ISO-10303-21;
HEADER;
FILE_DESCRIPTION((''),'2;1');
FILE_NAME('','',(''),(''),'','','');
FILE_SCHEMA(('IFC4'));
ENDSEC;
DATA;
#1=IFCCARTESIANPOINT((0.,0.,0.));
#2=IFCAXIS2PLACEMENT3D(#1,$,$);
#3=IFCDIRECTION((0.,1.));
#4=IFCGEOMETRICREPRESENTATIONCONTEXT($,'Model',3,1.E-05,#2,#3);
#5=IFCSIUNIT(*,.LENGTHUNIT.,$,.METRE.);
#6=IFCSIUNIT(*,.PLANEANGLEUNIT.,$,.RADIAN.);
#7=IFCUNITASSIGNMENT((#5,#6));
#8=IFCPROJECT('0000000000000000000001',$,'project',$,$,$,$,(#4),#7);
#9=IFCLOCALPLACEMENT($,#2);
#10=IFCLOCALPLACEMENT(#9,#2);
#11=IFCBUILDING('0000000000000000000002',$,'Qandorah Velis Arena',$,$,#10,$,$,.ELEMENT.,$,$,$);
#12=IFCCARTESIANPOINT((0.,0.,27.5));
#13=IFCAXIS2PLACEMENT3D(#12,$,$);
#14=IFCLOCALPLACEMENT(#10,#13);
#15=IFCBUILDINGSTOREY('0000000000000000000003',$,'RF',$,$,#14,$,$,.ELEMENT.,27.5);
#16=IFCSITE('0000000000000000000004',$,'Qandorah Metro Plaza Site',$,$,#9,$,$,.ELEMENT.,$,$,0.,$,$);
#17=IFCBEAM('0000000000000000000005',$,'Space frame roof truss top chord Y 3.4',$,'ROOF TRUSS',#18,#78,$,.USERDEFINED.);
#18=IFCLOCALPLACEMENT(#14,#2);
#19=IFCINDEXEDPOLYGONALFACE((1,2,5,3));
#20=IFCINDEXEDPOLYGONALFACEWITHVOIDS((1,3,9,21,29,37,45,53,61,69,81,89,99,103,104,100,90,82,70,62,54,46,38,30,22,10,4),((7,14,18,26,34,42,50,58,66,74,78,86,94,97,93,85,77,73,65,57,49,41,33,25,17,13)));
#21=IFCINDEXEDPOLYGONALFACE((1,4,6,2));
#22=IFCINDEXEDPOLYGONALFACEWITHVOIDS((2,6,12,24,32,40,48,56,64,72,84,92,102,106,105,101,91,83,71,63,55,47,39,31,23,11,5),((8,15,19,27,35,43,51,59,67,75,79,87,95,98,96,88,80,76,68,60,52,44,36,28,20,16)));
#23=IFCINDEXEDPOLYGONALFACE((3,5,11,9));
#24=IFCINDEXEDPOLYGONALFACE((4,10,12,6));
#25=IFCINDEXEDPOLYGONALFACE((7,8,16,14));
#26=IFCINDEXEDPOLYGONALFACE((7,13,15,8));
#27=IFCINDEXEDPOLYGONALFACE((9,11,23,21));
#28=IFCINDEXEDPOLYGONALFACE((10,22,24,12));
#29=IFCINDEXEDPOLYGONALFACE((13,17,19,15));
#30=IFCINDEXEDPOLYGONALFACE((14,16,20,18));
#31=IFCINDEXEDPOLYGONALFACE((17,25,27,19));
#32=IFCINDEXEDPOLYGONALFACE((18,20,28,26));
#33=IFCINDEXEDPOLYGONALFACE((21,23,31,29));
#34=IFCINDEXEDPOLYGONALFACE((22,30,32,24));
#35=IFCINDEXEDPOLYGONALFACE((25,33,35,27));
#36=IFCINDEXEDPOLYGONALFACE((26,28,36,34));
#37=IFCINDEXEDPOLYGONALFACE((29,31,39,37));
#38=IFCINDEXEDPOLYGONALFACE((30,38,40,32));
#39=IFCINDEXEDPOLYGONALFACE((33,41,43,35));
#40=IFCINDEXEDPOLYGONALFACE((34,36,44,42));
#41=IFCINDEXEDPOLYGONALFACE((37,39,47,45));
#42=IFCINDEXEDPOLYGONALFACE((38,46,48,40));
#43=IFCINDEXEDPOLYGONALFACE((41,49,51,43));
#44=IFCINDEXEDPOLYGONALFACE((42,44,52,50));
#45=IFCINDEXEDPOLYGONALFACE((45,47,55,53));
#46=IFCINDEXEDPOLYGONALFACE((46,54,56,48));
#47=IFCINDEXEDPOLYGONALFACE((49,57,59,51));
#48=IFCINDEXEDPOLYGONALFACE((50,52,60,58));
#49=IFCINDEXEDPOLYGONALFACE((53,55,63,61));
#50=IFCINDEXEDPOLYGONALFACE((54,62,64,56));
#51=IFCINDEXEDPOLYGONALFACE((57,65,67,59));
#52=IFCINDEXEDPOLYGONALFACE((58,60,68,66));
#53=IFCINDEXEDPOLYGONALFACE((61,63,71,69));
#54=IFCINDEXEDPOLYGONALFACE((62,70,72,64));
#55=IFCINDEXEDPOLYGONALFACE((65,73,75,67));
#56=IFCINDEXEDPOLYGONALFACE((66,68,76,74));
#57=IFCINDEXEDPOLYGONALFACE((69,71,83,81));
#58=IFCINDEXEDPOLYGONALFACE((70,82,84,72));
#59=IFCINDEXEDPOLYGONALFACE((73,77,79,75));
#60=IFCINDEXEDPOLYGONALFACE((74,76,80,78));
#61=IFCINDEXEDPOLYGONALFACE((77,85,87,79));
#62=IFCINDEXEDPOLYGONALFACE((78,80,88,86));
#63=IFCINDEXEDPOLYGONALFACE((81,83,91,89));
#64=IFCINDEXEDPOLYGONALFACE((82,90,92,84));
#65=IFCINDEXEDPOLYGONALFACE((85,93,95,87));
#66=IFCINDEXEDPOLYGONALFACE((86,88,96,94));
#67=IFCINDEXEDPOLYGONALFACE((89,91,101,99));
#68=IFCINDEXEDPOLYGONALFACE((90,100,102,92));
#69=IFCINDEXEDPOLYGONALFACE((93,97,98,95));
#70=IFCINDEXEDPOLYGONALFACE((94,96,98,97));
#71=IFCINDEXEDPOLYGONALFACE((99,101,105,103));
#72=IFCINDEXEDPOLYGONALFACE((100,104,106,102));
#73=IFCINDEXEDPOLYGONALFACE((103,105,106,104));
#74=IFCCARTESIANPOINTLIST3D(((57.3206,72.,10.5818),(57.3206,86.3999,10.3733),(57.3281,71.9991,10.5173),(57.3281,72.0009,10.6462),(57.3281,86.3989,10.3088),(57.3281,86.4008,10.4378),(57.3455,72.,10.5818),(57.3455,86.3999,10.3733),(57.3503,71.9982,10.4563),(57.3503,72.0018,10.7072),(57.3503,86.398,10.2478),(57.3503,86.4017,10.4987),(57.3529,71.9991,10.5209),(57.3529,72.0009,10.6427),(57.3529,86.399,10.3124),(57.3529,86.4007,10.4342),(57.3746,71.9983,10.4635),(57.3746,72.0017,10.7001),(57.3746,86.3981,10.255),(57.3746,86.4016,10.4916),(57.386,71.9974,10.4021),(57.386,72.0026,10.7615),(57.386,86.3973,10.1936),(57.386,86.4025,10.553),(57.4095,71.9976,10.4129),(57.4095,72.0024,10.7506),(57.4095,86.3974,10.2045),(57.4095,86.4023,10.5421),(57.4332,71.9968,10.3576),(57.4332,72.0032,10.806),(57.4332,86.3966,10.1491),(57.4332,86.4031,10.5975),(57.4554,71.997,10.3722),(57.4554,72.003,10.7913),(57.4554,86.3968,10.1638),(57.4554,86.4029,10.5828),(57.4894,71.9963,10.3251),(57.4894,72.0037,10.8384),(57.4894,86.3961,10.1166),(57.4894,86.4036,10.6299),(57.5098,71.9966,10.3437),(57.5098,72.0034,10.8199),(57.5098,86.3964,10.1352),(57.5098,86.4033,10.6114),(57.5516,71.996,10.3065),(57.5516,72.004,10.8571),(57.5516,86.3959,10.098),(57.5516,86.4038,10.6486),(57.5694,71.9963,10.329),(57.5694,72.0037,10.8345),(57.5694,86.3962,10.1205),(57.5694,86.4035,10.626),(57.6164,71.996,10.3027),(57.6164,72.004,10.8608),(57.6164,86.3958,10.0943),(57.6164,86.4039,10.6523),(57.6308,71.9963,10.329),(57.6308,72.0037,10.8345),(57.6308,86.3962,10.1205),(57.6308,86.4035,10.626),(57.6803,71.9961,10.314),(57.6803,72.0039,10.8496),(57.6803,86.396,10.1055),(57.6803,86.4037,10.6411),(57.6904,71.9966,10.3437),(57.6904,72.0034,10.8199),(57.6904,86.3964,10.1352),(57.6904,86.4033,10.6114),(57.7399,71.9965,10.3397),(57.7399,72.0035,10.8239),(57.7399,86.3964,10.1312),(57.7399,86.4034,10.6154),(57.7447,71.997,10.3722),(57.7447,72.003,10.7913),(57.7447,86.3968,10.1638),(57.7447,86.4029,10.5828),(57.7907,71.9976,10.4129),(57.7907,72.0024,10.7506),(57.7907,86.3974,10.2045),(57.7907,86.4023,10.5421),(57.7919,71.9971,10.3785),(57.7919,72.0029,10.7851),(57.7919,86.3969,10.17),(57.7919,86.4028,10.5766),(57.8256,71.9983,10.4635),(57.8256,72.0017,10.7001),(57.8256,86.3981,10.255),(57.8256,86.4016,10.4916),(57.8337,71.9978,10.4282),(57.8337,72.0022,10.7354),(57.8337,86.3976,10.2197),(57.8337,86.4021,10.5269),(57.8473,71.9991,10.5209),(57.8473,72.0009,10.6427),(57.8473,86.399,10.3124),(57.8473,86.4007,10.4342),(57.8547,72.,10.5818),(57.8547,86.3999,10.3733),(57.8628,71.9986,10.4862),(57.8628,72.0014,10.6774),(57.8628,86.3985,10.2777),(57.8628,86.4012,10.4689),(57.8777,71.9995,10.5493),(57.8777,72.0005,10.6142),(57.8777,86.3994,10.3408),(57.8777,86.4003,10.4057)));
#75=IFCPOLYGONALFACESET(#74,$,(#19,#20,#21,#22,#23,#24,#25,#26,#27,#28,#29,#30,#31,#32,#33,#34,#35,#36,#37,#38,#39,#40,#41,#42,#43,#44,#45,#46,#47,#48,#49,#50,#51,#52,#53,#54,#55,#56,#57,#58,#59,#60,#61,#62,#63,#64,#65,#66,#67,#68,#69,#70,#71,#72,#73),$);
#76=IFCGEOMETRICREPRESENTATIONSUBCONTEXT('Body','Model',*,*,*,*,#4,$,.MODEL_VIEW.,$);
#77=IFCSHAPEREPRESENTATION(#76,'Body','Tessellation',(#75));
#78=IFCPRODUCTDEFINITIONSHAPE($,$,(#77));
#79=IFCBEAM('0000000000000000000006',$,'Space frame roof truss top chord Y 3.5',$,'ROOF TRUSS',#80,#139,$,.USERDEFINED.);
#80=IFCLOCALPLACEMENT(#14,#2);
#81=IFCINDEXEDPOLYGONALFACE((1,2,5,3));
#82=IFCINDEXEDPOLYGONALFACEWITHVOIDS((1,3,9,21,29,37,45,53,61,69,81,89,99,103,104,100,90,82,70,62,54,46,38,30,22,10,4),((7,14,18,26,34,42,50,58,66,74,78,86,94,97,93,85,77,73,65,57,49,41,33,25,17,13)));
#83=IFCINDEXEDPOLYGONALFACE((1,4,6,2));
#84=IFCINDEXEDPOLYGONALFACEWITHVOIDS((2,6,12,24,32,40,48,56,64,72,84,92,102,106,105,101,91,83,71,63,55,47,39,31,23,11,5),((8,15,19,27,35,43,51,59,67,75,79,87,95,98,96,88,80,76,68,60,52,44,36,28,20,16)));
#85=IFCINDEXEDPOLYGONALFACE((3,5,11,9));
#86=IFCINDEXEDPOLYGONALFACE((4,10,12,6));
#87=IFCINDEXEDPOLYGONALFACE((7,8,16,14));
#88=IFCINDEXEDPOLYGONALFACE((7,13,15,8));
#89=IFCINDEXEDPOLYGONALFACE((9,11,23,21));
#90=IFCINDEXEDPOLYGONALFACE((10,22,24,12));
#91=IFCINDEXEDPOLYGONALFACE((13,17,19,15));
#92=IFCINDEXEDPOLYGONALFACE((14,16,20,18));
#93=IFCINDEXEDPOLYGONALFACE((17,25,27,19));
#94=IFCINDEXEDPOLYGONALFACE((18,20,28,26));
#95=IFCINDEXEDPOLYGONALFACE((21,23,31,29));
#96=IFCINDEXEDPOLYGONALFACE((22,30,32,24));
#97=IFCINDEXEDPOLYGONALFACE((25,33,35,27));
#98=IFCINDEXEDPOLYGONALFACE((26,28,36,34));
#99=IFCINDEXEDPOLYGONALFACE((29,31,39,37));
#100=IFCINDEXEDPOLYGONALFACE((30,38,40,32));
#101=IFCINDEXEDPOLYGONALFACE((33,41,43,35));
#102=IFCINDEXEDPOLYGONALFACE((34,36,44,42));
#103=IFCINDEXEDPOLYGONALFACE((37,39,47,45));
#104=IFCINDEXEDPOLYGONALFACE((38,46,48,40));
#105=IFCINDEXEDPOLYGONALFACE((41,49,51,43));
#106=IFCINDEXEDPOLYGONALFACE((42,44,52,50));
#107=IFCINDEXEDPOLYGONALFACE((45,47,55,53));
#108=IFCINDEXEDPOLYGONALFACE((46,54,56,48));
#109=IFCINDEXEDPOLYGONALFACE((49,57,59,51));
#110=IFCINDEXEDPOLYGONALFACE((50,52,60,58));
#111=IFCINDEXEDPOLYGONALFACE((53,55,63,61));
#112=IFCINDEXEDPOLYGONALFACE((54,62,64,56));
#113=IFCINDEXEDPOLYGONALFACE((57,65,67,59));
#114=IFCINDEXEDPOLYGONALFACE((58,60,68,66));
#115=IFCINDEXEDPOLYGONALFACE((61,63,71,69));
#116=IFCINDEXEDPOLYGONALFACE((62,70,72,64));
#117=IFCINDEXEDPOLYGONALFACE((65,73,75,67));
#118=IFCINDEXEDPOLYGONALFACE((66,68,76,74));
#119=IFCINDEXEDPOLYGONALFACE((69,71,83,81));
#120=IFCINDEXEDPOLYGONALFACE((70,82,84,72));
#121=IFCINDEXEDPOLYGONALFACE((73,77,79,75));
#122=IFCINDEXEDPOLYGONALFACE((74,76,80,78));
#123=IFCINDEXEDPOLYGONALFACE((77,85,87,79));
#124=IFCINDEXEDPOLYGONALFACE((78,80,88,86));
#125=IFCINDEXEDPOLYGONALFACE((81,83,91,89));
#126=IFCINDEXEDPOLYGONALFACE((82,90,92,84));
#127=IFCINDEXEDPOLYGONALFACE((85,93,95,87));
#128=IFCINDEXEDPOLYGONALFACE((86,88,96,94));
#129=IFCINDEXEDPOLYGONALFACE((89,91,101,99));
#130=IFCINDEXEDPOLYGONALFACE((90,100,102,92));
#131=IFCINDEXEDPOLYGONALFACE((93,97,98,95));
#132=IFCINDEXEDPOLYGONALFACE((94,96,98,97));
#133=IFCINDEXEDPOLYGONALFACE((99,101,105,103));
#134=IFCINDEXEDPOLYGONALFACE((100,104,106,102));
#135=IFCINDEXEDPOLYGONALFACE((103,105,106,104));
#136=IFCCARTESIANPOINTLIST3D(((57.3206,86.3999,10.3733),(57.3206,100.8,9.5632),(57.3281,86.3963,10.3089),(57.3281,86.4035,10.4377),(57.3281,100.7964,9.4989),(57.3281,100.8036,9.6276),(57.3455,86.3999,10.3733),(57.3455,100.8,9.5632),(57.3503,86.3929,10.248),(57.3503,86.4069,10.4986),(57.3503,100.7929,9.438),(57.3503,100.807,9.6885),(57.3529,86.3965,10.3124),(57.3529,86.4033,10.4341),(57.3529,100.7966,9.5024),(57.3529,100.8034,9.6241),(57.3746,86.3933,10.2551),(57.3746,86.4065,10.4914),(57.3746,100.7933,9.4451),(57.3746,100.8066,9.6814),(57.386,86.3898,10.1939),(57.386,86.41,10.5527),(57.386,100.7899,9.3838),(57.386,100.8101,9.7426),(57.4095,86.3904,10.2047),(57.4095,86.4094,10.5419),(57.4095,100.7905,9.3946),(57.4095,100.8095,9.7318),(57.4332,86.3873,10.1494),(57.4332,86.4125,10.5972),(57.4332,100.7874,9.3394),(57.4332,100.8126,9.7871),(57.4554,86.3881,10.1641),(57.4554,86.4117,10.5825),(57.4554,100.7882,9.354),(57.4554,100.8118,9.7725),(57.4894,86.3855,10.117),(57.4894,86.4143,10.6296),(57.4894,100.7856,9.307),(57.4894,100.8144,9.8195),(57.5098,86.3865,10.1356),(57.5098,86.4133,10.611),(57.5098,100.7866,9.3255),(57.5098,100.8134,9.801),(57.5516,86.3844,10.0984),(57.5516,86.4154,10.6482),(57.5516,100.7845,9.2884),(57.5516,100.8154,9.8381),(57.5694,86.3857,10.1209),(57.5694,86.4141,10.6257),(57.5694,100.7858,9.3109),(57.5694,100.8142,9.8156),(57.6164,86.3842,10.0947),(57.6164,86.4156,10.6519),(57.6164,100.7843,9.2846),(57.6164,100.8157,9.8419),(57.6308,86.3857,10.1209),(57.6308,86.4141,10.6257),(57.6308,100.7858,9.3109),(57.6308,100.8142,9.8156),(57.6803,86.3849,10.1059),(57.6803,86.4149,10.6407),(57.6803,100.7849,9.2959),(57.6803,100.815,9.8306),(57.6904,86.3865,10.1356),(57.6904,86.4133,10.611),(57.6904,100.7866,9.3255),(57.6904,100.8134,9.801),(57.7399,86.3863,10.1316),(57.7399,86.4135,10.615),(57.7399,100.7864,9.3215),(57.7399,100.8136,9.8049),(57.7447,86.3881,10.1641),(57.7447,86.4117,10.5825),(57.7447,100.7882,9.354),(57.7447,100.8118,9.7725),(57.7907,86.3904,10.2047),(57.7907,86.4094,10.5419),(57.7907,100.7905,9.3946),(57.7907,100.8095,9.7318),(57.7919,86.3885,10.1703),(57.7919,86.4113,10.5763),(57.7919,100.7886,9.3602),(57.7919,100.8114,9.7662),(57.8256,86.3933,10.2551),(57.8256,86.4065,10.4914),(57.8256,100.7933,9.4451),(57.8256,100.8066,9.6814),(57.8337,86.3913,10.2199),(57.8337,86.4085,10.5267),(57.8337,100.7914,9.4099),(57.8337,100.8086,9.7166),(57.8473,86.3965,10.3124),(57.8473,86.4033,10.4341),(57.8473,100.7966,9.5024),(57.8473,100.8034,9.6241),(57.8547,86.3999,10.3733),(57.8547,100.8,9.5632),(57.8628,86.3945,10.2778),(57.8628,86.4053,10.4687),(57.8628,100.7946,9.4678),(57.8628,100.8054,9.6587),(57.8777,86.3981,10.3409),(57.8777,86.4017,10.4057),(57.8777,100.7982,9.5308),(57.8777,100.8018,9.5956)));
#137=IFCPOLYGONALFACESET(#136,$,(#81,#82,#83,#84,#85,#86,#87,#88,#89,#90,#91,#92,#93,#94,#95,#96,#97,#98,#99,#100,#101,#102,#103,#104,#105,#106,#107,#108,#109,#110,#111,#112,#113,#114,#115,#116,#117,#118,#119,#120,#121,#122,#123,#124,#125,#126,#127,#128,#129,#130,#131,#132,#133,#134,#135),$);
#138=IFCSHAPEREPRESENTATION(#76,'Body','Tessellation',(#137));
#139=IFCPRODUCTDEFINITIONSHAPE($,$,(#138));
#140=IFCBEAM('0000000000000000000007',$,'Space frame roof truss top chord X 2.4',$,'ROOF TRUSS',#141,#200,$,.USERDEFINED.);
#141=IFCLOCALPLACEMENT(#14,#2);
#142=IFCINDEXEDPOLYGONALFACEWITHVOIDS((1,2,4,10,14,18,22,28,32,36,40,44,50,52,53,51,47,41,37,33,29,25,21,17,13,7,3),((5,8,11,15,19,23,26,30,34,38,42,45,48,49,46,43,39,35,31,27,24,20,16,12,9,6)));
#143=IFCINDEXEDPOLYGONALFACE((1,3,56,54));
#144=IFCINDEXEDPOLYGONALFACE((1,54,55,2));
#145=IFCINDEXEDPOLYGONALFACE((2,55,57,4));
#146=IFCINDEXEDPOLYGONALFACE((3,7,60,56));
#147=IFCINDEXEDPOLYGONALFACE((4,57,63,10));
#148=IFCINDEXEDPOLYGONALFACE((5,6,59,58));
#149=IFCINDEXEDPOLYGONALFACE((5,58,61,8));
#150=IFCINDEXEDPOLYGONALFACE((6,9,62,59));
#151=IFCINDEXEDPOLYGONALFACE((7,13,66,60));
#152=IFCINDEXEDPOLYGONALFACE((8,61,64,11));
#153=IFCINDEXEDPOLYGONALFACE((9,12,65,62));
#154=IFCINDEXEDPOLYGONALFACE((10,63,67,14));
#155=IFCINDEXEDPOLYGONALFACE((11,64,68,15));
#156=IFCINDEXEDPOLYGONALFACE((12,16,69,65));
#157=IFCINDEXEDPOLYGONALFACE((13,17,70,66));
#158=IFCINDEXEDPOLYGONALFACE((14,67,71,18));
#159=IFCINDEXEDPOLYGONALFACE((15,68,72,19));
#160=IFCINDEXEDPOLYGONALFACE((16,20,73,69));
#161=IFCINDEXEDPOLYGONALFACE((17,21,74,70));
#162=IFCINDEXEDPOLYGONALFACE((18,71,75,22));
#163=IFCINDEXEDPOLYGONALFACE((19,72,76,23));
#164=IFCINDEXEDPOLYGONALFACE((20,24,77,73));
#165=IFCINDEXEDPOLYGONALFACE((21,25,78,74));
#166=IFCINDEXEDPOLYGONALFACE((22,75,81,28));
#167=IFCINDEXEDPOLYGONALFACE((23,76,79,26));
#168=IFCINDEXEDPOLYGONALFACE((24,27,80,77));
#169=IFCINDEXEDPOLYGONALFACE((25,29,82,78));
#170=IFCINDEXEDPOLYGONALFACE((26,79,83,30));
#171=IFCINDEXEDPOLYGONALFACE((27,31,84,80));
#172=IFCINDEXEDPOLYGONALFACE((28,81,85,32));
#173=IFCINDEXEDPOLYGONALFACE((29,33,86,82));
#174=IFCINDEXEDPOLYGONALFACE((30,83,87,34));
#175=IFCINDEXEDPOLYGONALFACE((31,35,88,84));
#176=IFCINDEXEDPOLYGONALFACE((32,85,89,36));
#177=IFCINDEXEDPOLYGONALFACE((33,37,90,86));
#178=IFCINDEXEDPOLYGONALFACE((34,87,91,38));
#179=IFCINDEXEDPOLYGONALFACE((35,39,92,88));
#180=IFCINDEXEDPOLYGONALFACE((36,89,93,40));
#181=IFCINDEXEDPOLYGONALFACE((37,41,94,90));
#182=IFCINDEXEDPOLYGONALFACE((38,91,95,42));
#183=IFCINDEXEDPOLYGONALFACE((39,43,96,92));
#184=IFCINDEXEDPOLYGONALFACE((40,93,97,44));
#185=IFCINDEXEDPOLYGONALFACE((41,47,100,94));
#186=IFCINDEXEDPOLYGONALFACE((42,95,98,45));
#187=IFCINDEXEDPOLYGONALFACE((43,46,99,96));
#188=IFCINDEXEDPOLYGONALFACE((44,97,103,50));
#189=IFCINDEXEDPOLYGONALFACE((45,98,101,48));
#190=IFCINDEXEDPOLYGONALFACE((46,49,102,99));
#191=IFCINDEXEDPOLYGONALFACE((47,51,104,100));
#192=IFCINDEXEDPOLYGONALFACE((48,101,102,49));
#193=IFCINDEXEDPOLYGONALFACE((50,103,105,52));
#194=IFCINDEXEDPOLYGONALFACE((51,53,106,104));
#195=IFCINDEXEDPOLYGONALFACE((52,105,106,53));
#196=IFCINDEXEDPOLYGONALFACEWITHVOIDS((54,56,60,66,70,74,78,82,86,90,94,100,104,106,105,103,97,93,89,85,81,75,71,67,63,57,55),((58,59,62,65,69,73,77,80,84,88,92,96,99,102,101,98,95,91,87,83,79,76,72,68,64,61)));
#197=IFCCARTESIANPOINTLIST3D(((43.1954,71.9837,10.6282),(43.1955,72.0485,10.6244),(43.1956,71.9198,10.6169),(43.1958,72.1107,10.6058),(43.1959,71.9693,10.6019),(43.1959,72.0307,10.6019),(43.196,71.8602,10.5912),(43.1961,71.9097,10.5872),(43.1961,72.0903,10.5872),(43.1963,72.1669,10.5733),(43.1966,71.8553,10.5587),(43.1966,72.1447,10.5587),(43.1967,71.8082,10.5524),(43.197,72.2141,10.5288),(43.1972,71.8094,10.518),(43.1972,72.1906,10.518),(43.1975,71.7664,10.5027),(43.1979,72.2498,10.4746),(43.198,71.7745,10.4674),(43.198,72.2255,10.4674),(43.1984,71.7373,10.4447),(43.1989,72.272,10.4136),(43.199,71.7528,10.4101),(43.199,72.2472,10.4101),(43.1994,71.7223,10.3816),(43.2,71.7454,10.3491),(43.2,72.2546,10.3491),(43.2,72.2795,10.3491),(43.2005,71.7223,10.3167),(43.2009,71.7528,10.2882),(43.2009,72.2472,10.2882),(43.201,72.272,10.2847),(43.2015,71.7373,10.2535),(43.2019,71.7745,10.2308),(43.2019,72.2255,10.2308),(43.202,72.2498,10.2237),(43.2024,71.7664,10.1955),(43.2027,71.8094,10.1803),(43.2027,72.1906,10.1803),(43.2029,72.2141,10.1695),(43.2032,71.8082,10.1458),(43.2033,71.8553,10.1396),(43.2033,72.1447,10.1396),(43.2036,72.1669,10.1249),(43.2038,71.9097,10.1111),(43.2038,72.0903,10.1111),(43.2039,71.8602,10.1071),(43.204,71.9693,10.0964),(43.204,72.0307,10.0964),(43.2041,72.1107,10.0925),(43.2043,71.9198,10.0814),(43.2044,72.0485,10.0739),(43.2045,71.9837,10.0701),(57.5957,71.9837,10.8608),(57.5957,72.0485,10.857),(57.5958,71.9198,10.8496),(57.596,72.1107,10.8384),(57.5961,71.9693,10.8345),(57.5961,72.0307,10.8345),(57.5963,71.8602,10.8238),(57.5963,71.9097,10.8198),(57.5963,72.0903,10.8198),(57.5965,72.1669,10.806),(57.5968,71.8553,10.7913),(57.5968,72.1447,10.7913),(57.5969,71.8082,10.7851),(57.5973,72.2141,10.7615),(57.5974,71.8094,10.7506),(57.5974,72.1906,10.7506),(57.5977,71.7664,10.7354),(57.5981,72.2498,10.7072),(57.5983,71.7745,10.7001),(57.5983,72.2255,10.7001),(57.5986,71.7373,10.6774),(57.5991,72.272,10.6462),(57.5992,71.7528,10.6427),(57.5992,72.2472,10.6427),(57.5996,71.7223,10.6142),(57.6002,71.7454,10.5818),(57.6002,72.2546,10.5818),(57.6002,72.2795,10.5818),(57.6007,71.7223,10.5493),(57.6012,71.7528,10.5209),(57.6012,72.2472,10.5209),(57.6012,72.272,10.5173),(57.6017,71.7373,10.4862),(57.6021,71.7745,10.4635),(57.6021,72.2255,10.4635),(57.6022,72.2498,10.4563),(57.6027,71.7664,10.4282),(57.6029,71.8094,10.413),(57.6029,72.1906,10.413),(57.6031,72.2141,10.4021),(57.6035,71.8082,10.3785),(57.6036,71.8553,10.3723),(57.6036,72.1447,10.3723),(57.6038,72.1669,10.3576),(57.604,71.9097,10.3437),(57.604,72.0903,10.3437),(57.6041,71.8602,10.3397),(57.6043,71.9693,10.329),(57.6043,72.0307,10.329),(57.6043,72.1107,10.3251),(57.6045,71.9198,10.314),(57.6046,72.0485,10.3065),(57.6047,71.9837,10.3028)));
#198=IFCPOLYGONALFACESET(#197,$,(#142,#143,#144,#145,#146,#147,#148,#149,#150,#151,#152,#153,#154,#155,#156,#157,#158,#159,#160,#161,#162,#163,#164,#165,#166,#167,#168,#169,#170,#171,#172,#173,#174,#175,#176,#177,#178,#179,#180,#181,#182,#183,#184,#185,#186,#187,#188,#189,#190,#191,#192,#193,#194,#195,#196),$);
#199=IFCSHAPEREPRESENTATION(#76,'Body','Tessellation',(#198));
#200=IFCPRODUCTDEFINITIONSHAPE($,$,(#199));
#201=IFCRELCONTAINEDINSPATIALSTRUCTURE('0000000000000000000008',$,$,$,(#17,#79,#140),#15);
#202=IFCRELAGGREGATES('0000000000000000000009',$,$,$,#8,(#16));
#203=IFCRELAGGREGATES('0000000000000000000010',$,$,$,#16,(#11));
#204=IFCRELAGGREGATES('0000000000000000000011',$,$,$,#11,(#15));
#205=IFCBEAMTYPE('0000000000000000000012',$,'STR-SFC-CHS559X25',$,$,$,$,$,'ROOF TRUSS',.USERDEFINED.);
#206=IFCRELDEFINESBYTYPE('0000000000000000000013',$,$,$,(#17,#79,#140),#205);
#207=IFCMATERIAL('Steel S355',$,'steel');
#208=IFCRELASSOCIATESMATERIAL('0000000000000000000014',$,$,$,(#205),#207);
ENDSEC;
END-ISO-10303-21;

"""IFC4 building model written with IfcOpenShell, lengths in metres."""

from ifc_helpers import new_model, si_unit, direction, frame, origin, origin_2d, place, context, subcontext, project, spatial, hollow_circle, extrude, material, material_profile, profile_set, type_object, element, save


model = new_model("IFC4")

# Units and contexts
model_context = context("Model", 3, precision=1e-05, world=origin(), true_north=direction((0.0, 1.0)))
body_context = subcontext(model_context, "Body", "Model", "MODEL_VIEW")
ifc_project = project(units=[si_unit("LENGTHUNIT", "METRE"), si_unit("PLANEANGLEUNIT", "RADIAN")], contexts=[model_context])

# Site, building, storey
site_placement = place(None, origin())
site = spatial("IfcSite", under=ifc_project, at=site_placement, Name="Qandorah Metro Plaza Site", CompositionType="ELEMENT", RefElevation=0.0)
building_placement = place(site_placement, origin())
building = spatial("IfcBuilding", under=site, at=building_placement, Name="Qandorah Velis Arena", CompositionType="ELEMENT")
storey_placement = place(building_placement, frame((0.0, 0.0, 27.5)))
storey = spatial("IfcBuildingStorey", under=building, at=storey_placement, Name="RF", CompositionType="ELEMENT", Elevation=27.5)

# Shared definitions
ifc_material_1 = material(Name="Steel S355", Category="steel")

# Beams
ifc_material_profile_1 = material_profile(ifc_material_1, hollow_circle(Radius=0.2795, WallThickness=0.0249, at=origin_2d()), Name="CHS 559x25")
ifc_profile_set_1 = profile_set([ifc_material_profile_1], Name="Steel S355")
beam_type_1 = type_object("IfcBeamType", Name="STR-SFC-CHS559X25", ElementType="ROOF TRUSS", PredefinedType="USERDEFINED", material=ifc_profile_set_1)
beam_1_placement = place(storey_placement, frame((57.6001, 72.0, 10.5818), z_axis=(0.0, 0.999895, -0.014477), x_axis=(-1.0, 0.0, 0.0)))
element("IfcBeam", 1, at=beam_1_placement, inside=storey, type_object=beam_type_1, Name="Space frame roof truss top chord Y 3.4", ObjectType="ROOF TRUSS", PredefinedType="USERDEFINED", context=body_context, shape_type="SweptSolid", body=[
    extrude(hollow_circle(Radius=0.2795, WallThickness=0.0249, at=origin_2d()), origin(), (0.0, 0.0, 1.0), 14.4014),
])
beam_2_placement = place(storey_placement, frame((57.6001, 86.3999, 10.3733), z_axis=(0.0, 0.998422, -0.056165), x_axis=(-1.0, 0.0, 0.0)))
element("IfcBeam", 2, at=beam_2_placement, inside=storey, type_object=beam_type_1, Name="Space frame roof truss top chord Y 3.5", ObjectType="ROOF TRUSS", PredefinedType="USERDEFINED", context=body_context, shape_type="SweptSolid", body=[
    extrude(hollow_circle(Radius=0.2795, WallThickness=0.0249, at=origin_2d()), origin(), (0.0, 0.0, 1.0), 14.4229),
])
beam_3_placement = place(storey_placement, frame((43.2, 72.0, 10.3491), z_axis=(0.999869, 0.0, 0.016155), x_axis=(0.0, 1.0, 0.0)))
element("IfcBeam", 3, at=beam_3_placement, inside=storey, type_object=beam_type_1, Name="Space frame roof truss top chord X 2.4", ObjectType="ROOF TRUSS", PredefinedType="USERDEFINED", context=body_context, shape_type="SweptSolid", body=[
    extrude(hollow_circle(Radius=0.2795, WallThickness=0.0249, at=origin_2d()), origin(), (0.0, 0.0, 1.0), 14.4021),
])

save(model, "model.ifc")
